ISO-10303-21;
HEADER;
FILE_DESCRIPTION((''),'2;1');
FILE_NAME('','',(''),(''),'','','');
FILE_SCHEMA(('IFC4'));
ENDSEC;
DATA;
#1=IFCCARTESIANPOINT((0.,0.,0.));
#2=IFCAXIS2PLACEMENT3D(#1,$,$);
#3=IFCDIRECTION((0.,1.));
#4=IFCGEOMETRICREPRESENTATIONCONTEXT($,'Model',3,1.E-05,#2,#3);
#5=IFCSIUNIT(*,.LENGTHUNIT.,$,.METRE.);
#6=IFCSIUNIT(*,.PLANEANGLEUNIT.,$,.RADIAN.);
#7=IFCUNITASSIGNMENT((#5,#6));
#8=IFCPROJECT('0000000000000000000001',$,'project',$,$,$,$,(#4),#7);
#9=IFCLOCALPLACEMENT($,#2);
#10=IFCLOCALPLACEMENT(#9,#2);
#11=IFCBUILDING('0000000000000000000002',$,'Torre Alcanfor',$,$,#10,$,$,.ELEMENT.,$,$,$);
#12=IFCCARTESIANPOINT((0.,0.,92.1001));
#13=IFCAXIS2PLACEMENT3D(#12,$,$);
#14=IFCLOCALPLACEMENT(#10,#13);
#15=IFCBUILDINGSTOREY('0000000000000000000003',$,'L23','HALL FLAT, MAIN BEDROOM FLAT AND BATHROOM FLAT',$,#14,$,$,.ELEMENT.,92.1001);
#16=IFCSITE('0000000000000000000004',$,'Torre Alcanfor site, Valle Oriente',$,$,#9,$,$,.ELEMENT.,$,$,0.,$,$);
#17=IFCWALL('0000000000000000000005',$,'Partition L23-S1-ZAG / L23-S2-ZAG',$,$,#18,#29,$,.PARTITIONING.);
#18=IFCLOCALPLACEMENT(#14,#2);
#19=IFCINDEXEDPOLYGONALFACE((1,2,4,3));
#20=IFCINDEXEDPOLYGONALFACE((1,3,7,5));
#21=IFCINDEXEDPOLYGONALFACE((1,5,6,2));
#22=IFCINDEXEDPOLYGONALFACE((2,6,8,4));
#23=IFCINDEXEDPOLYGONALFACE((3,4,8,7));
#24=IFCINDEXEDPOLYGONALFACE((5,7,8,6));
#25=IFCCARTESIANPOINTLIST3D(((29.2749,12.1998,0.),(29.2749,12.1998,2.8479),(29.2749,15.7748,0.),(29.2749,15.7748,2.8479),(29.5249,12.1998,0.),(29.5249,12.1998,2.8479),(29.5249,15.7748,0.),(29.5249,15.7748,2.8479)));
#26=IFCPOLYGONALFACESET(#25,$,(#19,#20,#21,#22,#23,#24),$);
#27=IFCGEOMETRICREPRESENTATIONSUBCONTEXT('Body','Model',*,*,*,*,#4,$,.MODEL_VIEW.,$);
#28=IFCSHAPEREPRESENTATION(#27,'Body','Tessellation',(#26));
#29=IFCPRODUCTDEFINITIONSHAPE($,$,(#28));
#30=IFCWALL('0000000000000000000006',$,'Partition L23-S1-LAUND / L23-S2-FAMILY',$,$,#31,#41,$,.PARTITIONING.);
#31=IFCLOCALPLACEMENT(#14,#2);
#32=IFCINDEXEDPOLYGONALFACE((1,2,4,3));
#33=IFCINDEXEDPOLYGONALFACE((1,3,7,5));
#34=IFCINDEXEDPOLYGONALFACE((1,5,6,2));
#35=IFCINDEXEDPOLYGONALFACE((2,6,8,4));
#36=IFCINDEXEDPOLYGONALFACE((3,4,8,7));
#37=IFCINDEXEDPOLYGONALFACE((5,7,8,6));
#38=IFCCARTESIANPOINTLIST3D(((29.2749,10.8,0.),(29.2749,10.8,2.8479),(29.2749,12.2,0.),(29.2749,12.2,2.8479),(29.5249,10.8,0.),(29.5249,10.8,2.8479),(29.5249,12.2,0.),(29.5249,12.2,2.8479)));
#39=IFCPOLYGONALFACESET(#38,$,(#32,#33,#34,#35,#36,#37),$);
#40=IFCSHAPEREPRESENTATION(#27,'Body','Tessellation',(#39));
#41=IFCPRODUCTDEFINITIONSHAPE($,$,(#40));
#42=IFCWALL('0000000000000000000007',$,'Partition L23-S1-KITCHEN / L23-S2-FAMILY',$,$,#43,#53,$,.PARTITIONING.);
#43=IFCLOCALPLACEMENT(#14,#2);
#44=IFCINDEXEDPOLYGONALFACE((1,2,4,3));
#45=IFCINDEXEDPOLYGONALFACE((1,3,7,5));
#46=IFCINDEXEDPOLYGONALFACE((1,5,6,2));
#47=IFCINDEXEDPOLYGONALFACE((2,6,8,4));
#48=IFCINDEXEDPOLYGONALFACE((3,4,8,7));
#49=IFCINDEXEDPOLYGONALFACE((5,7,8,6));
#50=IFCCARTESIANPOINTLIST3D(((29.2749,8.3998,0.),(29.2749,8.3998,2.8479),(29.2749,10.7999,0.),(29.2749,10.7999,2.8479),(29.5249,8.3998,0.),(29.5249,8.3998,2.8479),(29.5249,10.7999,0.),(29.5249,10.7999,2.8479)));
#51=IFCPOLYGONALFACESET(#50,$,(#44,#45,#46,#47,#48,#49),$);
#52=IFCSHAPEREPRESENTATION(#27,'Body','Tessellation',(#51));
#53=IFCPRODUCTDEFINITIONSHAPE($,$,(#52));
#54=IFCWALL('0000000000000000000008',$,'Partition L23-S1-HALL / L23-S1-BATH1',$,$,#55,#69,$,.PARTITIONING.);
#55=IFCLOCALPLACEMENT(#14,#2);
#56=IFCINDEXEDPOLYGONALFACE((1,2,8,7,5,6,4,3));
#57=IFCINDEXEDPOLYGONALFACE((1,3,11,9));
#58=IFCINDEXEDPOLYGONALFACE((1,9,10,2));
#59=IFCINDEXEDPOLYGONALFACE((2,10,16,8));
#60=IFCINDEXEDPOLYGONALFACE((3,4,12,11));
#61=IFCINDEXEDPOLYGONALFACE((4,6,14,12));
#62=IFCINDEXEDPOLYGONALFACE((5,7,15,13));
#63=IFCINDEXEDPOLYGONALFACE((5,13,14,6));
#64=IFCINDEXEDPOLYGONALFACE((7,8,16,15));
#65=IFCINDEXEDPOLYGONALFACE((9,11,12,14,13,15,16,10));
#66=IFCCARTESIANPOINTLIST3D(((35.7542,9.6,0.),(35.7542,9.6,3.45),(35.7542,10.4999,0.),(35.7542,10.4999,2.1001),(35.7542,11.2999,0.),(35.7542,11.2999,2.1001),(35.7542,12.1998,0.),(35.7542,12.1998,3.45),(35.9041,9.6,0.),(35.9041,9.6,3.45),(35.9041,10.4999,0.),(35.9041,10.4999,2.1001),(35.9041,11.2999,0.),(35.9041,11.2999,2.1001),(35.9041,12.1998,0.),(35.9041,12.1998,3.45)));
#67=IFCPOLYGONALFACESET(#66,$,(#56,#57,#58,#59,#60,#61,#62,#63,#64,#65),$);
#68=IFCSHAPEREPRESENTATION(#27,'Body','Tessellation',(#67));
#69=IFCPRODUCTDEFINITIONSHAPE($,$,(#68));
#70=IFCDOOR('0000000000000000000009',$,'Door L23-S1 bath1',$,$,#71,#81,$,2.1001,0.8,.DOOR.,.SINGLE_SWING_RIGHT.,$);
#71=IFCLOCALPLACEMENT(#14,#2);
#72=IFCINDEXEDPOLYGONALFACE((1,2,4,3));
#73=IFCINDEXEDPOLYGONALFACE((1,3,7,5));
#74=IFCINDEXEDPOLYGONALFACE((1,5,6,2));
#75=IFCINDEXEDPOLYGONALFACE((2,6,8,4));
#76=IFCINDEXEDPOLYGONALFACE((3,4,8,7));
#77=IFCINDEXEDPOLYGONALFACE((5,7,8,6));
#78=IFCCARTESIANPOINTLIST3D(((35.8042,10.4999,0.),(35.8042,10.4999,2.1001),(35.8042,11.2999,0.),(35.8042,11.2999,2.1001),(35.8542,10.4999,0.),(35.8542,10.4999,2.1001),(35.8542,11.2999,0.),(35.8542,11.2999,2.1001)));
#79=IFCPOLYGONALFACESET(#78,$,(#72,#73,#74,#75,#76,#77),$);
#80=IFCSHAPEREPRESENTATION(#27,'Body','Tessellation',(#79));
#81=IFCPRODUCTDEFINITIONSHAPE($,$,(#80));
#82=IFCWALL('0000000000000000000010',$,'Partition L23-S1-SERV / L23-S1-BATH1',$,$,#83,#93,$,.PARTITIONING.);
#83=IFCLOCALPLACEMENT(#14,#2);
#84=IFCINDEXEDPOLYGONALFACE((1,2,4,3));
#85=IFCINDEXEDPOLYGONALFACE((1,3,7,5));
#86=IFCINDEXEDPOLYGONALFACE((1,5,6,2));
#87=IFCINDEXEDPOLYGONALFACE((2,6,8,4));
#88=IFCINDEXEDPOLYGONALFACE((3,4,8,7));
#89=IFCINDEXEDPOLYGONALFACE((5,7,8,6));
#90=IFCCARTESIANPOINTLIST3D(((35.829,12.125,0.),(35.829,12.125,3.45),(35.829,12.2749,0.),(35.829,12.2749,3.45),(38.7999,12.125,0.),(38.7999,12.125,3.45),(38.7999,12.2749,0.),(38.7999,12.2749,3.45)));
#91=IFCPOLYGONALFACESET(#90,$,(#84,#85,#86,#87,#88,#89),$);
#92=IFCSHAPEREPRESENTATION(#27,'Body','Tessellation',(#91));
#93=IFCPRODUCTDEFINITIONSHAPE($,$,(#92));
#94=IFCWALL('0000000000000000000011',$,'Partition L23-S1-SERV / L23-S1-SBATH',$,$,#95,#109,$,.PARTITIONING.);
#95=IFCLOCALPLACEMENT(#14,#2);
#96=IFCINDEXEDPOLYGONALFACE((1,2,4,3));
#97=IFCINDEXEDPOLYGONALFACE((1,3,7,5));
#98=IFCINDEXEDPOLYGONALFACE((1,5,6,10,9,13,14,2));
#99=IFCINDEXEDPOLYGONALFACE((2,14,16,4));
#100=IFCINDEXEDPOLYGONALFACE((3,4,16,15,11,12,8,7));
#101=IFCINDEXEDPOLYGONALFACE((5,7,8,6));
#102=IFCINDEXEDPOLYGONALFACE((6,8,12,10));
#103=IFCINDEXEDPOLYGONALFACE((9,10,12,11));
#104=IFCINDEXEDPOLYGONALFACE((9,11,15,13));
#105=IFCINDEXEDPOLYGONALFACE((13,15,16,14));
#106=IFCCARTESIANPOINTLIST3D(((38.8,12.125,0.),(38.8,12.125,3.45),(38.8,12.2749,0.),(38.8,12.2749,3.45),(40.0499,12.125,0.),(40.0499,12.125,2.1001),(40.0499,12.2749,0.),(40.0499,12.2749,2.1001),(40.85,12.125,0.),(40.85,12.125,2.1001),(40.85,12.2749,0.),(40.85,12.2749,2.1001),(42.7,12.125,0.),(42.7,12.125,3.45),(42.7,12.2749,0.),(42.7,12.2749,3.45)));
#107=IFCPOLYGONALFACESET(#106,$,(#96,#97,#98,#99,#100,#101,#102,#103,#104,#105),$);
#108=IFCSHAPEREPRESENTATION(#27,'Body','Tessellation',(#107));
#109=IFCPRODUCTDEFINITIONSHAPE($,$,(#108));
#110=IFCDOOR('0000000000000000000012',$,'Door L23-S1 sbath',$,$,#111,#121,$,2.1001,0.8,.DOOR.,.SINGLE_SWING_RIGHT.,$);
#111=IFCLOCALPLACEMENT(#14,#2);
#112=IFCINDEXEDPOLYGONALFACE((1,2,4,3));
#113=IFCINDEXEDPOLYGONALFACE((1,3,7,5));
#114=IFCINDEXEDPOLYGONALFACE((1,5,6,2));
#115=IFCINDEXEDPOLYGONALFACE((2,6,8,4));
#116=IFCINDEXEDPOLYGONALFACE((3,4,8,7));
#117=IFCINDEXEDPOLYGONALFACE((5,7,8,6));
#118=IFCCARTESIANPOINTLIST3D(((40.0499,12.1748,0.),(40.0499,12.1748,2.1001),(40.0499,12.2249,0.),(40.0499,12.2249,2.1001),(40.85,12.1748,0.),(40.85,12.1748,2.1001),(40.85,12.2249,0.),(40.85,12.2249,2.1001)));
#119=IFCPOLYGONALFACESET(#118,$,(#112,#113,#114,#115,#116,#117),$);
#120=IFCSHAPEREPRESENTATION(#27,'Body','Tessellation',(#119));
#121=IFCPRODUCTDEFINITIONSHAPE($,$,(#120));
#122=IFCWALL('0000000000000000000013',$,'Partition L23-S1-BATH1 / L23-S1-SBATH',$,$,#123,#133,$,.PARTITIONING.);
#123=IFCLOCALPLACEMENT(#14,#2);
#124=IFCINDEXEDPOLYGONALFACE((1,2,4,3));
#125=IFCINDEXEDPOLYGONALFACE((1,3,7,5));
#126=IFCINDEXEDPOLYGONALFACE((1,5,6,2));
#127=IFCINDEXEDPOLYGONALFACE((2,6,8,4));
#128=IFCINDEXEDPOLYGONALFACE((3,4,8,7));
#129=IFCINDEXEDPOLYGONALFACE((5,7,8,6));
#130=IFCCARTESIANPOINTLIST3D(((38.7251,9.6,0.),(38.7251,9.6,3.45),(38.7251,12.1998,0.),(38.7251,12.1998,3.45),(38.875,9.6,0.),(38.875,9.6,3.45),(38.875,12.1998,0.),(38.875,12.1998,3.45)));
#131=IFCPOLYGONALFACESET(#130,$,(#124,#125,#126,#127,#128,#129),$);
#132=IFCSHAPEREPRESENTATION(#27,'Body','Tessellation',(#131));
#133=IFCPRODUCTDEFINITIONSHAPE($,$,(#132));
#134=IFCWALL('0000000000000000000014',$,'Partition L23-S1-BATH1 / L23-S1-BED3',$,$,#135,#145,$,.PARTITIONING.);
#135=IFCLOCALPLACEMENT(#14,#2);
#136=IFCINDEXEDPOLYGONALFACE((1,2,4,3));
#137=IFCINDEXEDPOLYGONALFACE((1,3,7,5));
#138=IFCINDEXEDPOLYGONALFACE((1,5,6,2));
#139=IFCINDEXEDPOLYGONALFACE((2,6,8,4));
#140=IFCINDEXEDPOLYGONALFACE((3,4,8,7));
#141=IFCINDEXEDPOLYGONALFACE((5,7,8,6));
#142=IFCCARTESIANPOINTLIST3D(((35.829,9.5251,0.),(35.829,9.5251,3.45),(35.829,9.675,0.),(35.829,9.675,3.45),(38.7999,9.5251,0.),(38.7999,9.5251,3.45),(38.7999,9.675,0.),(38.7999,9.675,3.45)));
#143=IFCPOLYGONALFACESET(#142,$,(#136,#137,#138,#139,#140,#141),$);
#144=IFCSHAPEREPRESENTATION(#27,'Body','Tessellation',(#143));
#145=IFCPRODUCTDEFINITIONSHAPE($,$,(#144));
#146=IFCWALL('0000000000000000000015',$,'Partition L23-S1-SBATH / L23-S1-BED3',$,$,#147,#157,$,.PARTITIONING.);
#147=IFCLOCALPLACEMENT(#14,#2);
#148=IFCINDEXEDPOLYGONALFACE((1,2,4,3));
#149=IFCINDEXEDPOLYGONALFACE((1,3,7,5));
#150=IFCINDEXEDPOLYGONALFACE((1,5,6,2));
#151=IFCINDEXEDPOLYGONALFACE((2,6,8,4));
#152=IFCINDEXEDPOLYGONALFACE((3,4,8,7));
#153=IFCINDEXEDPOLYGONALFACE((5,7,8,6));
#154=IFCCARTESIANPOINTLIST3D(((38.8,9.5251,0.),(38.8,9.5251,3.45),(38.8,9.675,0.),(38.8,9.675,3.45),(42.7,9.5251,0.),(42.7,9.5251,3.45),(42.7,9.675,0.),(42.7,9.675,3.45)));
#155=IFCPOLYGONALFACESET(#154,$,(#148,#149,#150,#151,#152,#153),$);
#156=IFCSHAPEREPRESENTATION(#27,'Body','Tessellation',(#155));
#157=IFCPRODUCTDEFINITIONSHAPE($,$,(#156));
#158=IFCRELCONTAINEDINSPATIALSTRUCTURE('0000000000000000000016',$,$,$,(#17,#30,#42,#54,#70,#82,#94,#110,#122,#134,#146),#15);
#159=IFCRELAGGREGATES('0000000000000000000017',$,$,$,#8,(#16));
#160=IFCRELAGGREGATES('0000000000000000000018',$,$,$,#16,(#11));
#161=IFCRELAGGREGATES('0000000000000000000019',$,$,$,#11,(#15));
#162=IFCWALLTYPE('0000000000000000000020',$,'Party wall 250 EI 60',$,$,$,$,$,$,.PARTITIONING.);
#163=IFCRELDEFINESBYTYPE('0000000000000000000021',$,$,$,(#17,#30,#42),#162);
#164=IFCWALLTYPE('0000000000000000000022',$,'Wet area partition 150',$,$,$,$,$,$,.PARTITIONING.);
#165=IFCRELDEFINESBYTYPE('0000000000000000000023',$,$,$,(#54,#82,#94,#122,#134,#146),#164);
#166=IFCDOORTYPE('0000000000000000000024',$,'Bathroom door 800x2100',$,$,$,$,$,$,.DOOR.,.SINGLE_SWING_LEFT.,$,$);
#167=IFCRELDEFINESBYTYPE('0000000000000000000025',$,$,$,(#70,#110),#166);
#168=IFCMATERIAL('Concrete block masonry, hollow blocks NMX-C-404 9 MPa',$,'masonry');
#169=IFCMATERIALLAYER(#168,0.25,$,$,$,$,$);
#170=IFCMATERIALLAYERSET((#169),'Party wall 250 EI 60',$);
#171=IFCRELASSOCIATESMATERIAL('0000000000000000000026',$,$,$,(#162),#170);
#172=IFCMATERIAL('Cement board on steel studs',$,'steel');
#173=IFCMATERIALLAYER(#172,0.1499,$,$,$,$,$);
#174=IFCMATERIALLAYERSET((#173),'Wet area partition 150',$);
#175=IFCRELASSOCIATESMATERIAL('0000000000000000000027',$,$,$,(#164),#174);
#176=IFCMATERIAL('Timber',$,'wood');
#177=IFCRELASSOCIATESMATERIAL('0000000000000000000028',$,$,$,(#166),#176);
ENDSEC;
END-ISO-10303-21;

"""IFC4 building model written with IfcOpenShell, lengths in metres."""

from ifc_helpers import new_model, si_unit, direction, frame, frame_2d, origin, place, context, subcontext, project, spatial, rectangle, extrude, material, layer, layer_set, type_object, element, fill, save


model = new_model("IFC4")

# Units and contexts
model_context = context("Model", 3, precision=1e-05, world=origin(), true_north=direction((0.0, 1.0)))
body_context = subcontext(model_context, "Body", "Model", "MODEL_VIEW")
ifc_project = project(units=[si_unit("LENGTHUNIT", "METRE"), si_unit("PLANEANGLEUNIT", "RADIAN")], contexts=[model_context])

# Site, building, storey
site_placement = place(None, origin())
site = spatial("IfcSite", under=ifc_project, at=site_placement, Name="Torre Alcanfor site, Valle Oriente", CompositionType="ELEMENT", RefElevation=0.0)
building_placement = place(site_placement, origin())
building = spatial("IfcBuilding", under=site, at=building_placement, Name="Torre Alcanfor", CompositionType="ELEMENT")
storey_placement = place(building_placement, frame((0.0, 0.0, 92.1001)))
storey = spatial("IfcBuildingStorey", under=building, at=storey_placement, Name="L23", Description="HALL FLAT, MAIN BEDROOM FLAT AND BATHROOM FLAT", CompositionType="ELEMENT", Elevation=92.1001)

# Walls
ifc_material_1 = material(Name="Concrete block masonry, hollow blocks NMX-C-404 9 MPa", Category="masonry")
ifc_layer_1 = layer(ifc_material_1, 0.25)
ifc_layer_set_1 = layer_set([ifc_layer_1], Name="Party wall 250 EI 60")
wall_type_1 = type_object("IfcWallType", Name="Party wall 250 EI 60", PredefinedType="PARTITIONING", material=ifc_layer_set_1)
wall_1_placement = place(storey_placement, frame((29.3999, 15.7749, 0.0), z_axis=(0.0, 0.0, 1.0), x_axis=(0.0, -1.0, 0.0)))
element("IfcWall", 1, at=wall_1_placement, inside=storey, type_object=wall_type_1, Name="Partition L23-S1-ZAG / L23-S2-ZAG", PredefinedType="PARTITIONING", context=body_context, shape_type="SweptSolid", body=[
    extrude(rectangle(XDim=3.575, YDim=0.25, at=frame_2d((1.7876, 0.0))), origin(), (0.0, 0.0, 1.0), 2.8479),
])
wall_2_placement = place(storey_placement, frame((29.3999, 12.2, 0.0), z_axis=(0.0, 0.0, 1.0), x_axis=(0.0, -1.0, 0.0)))
element("IfcWall", 2, at=wall_2_placement, inside=storey, type_object=wall_type_1, Name="Partition L23-S1-LAUND / L23-S2-FAMILY", PredefinedType="PARTITIONING", context=body_context, shape_type="SweptSolid", body=[
    extrude(rectangle(XDim=1.3999, YDim=0.25, at=frame_2d((0.7, 0.0))), origin(), (0.0, 0.0, 1.0), 2.8479),
])
wall_3_placement = place(storey_placement, frame((29.3999, 10.8, 0.0), z_axis=(0.0, 0.0, 1.0), x_axis=(0.0, -1.0, 0.0)))
element("IfcWall", 3, at=wall_3_placement, inside=storey, type_object=wall_type_1, Name="Partition L23-S1-KITCHEN / L23-S2-FAMILY", PredefinedType="PARTITIONING", context=body_context, shape_type="SweptSolid", body=[
    extrude(rectangle(XDim=2.4001, YDim=0.25, at=frame_2d((1.2002, 0.0))), origin(), (0.0, 0.0, 1.0), 2.8479),
])

# Wall, opening, door
ifc_material_2 = material(Name="Cement board on steel studs", Category="steel")
ifc_layer_2 = layer(ifc_material_2, 0.1499)
ifc_layer_set_2 = layer_set([ifc_layer_2], Name="Wet area partition 150")
wall_type_2 = type_object("IfcWallType", Name="Wet area partition 150", PredefinedType="PARTITIONING", material=ifc_layer_set_2)
wall_4_placement = place(storey_placement, frame((35.8291, 9.6001, 0.0), z_axis=(0.0, 0.0, 1.0), x_axis=(0.0, 1.0, 0.0)))
wall_4 = element("IfcWall", 4, at=wall_4_placement, inside=storey, type_object=wall_type_2, Name="Partition L23-S1-HALL / L23-S1-BATH1", PredefinedType="PARTITIONING", context=body_context, shape_type="SweptSolid", body=[
    extrude(rectangle(XDim=2.5999, YDim=0.1499, at=frame_2d((1.2998, 0.0))), origin(), (0.0, 0.0, 1.0), 3.45),
])
opening_1_placement = place(wall_4_placement, frame((0.8999, 0.0, 0.0)))
opening_1 = element("IfcOpeningElement", 5, at=opening_1_placement, cuts=wall_4, PredefinedType="OPENING", context=body_context, shape_type="SweptSolid", body=[
    extrude(rectangle(XDim=0.8, YDim=2.1001, at=frame_2d((0.3999, 1.05))), frame((0.0, 0.085, 0.0), z_axis=(0.0, -1.0, 0.0), x_axis=(1.0, 0.0, 0.0)), (0.0, 0.0, 1.0), 0.1699),
])
ifc_material_3 = material(Name="Timber", Category="wood")
door_type_1 = type_object("IfcDoorType", Name="Bathroom door 800x2100", OperationType="SINGLE_SWING_LEFT", PredefinedType="DOOR", material=ifc_material_3)
door_1_placement = place(opening_1_placement, frame((0.8, 0.0, 0.0), z_axis=(0.0, 0.0, 1.0), x_axis=(-1.0, 0.0, 0.0)))
door_1 = element("IfcDoor", 6, at=door_1_placement, inside=storey, type_object=door_type_1, Name="Door L23-S1 bath1", OperationType="SINGLE_SWING_RIGHT", OverallHeight=2.1001, OverallWidth=0.8, PredefinedType="DOOR", context=body_context, shape_type="SweptSolid", body=[
    extrude(rectangle(XDim=0.8, YDim=2.1001, at=frame_2d((0.4001, 1.05))), frame((0.0, 0.0251, 0.0), z_axis=(0.0, -1.0, 0.0), x_axis=(1.0, 0.0, 0.0)), (0.0, 0.0, 1.0), 0.05),
])
fill(opening_1, door_1)

# Wall
wall_5_placement = place(storey_placement, frame((35.8291, 12.2, 0.0), z_axis=(0.0, 0.0, 1.0), x_axis=(1.0, 0.0, 0.0)))
element("IfcWall", 7, at=wall_5_placement, inside=storey, type_object=wall_type_2, Name="Partition L23-S1-SERV / L23-S1-BATH1", PredefinedType="PARTITIONING", context=body_context, shape_type="SweptSolid", body=[
    extrude(rectangle(XDim=2.9709, YDim=0.1499, at=frame_2d((1.4854, 0.0))), origin(), (0.0, 0.0, 1.0), 3.45),
])

# Wall, opening, door
wall_6_placement = place(storey_placement, frame((38.8, 12.2, 0.0), z_axis=(0.0, 0.0, 1.0), x_axis=(1.0, 0.0, 0.0)))
wall_6 = element("IfcWall", 8, at=wall_6_placement, inside=storey, type_object=wall_type_2, Name="Partition L23-S1-SERV / L23-S1-SBATH", PredefinedType="PARTITIONING", context=body_context, shape_type="SweptSolid", body=[
    extrude(rectangle(XDim=3.8999, YDim=0.1499, at=frame_2d((1.95, 0.0))), origin(), (0.0, 0.0, 1.0), 3.45),
])
opening_2_placement = place(wall_6_placement, frame((1.25, 0.0, 0.0)))
opening_2 = element("IfcOpeningElement", 9, at=opening_2_placement, cuts=wall_6, PredefinedType="OPENING", context=body_context, shape_type="SweptSolid", body=[
    extrude(rectangle(XDim=0.8, YDim=2.1001, at=frame_2d((0.3999, 1.05))), frame((0.0, 0.085, 0.0), z_axis=(0.0, -1.0, 0.0), x_axis=(1.0, 0.0, 0.0)), (0.0, 0.0, 1.0), 0.1699),
])
door_2_placement = place(opening_2_placement, frame((0.8, 0.0, 0.0), z_axis=(0.0, 0.0, 1.0), x_axis=(-1.0, 0.0, 0.0)))
door_2 = element("IfcDoor", 10, at=door_2_placement, inside=storey, type_object=door_type_1, Name="Door L23-S1 sbath", OperationType="SINGLE_SWING_RIGHT", OverallHeight=2.1001, OverallWidth=0.8, PredefinedType="DOOR", context=body_context, shape_type="SweptSolid", body=[
    extrude(rectangle(XDim=0.8, YDim=2.1001, at=frame_2d((0.4001, 1.05))), frame((0.0, 0.0251, 0.0), z_axis=(0.0, -1.0, 0.0), x_axis=(1.0, 0.0, 0.0)), (0.0, 0.0, 1.0), 0.05),
])
fill(opening_2, door_2)

# Walls
wall_7_placement = place(storey_placement, frame((38.8, 9.6001, 0.0), z_axis=(0.0, 0.0, 1.0), x_axis=(0.0, 1.0, 0.0)))
element("IfcWall", 11, at=wall_7_placement, inside=storey, type_object=wall_type_2, Name="Partition L23-S1-BATH1 / L23-S1-SBATH", PredefinedType="PARTITIONING", context=body_context, shape_type="SweptSolid", body=[
    extrude(rectangle(XDim=2.5999, YDim=0.1499, at=frame_2d((1.2998, 0.0))), origin(), (0.0, 0.0, 1.0), 3.45),
])
wall_8_placement = place(storey_placement, frame((35.8291, 9.6001, 0.0), z_axis=(0.0, 0.0, 1.0), x_axis=(1.0, 0.0, 0.0)))
element("IfcWall", 12, at=wall_8_placement, inside=storey, type_object=wall_type_2, Name="Partition L23-S1-BATH1 / L23-S1-BED3", PredefinedType="PARTITIONING", context=body_context, shape_type="SweptSolid", body=[
    extrude(rectangle(XDim=2.9709, YDim=0.1499, at=frame_2d((1.4854, 0.0))), origin(), (0.0, 0.0, 1.0), 3.45),
])
wall_9_placement = place(storey_placement, frame((38.8, 9.6001, 0.0), z_axis=(0.0, 0.0, 1.0), x_axis=(1.0, 0.0, 0.0)))
element("IfcWall", 13, at=wall_9_placement, inside=storey, type_object=wall_type_2, Name="Partition L23-S1-SBATH / L23-S1-BED3", PredefinedType="PARTITIONING", context=body_context, shape_type="SweptSolid", body=[
    extrude(rectangle(XDim=3.8999, YDim=0.1499, at=frame_2d((1.95, 0.0))), origin(), (0.0, 0.0, 1.0), 3.45),
])

save(model, "model.ifc")
